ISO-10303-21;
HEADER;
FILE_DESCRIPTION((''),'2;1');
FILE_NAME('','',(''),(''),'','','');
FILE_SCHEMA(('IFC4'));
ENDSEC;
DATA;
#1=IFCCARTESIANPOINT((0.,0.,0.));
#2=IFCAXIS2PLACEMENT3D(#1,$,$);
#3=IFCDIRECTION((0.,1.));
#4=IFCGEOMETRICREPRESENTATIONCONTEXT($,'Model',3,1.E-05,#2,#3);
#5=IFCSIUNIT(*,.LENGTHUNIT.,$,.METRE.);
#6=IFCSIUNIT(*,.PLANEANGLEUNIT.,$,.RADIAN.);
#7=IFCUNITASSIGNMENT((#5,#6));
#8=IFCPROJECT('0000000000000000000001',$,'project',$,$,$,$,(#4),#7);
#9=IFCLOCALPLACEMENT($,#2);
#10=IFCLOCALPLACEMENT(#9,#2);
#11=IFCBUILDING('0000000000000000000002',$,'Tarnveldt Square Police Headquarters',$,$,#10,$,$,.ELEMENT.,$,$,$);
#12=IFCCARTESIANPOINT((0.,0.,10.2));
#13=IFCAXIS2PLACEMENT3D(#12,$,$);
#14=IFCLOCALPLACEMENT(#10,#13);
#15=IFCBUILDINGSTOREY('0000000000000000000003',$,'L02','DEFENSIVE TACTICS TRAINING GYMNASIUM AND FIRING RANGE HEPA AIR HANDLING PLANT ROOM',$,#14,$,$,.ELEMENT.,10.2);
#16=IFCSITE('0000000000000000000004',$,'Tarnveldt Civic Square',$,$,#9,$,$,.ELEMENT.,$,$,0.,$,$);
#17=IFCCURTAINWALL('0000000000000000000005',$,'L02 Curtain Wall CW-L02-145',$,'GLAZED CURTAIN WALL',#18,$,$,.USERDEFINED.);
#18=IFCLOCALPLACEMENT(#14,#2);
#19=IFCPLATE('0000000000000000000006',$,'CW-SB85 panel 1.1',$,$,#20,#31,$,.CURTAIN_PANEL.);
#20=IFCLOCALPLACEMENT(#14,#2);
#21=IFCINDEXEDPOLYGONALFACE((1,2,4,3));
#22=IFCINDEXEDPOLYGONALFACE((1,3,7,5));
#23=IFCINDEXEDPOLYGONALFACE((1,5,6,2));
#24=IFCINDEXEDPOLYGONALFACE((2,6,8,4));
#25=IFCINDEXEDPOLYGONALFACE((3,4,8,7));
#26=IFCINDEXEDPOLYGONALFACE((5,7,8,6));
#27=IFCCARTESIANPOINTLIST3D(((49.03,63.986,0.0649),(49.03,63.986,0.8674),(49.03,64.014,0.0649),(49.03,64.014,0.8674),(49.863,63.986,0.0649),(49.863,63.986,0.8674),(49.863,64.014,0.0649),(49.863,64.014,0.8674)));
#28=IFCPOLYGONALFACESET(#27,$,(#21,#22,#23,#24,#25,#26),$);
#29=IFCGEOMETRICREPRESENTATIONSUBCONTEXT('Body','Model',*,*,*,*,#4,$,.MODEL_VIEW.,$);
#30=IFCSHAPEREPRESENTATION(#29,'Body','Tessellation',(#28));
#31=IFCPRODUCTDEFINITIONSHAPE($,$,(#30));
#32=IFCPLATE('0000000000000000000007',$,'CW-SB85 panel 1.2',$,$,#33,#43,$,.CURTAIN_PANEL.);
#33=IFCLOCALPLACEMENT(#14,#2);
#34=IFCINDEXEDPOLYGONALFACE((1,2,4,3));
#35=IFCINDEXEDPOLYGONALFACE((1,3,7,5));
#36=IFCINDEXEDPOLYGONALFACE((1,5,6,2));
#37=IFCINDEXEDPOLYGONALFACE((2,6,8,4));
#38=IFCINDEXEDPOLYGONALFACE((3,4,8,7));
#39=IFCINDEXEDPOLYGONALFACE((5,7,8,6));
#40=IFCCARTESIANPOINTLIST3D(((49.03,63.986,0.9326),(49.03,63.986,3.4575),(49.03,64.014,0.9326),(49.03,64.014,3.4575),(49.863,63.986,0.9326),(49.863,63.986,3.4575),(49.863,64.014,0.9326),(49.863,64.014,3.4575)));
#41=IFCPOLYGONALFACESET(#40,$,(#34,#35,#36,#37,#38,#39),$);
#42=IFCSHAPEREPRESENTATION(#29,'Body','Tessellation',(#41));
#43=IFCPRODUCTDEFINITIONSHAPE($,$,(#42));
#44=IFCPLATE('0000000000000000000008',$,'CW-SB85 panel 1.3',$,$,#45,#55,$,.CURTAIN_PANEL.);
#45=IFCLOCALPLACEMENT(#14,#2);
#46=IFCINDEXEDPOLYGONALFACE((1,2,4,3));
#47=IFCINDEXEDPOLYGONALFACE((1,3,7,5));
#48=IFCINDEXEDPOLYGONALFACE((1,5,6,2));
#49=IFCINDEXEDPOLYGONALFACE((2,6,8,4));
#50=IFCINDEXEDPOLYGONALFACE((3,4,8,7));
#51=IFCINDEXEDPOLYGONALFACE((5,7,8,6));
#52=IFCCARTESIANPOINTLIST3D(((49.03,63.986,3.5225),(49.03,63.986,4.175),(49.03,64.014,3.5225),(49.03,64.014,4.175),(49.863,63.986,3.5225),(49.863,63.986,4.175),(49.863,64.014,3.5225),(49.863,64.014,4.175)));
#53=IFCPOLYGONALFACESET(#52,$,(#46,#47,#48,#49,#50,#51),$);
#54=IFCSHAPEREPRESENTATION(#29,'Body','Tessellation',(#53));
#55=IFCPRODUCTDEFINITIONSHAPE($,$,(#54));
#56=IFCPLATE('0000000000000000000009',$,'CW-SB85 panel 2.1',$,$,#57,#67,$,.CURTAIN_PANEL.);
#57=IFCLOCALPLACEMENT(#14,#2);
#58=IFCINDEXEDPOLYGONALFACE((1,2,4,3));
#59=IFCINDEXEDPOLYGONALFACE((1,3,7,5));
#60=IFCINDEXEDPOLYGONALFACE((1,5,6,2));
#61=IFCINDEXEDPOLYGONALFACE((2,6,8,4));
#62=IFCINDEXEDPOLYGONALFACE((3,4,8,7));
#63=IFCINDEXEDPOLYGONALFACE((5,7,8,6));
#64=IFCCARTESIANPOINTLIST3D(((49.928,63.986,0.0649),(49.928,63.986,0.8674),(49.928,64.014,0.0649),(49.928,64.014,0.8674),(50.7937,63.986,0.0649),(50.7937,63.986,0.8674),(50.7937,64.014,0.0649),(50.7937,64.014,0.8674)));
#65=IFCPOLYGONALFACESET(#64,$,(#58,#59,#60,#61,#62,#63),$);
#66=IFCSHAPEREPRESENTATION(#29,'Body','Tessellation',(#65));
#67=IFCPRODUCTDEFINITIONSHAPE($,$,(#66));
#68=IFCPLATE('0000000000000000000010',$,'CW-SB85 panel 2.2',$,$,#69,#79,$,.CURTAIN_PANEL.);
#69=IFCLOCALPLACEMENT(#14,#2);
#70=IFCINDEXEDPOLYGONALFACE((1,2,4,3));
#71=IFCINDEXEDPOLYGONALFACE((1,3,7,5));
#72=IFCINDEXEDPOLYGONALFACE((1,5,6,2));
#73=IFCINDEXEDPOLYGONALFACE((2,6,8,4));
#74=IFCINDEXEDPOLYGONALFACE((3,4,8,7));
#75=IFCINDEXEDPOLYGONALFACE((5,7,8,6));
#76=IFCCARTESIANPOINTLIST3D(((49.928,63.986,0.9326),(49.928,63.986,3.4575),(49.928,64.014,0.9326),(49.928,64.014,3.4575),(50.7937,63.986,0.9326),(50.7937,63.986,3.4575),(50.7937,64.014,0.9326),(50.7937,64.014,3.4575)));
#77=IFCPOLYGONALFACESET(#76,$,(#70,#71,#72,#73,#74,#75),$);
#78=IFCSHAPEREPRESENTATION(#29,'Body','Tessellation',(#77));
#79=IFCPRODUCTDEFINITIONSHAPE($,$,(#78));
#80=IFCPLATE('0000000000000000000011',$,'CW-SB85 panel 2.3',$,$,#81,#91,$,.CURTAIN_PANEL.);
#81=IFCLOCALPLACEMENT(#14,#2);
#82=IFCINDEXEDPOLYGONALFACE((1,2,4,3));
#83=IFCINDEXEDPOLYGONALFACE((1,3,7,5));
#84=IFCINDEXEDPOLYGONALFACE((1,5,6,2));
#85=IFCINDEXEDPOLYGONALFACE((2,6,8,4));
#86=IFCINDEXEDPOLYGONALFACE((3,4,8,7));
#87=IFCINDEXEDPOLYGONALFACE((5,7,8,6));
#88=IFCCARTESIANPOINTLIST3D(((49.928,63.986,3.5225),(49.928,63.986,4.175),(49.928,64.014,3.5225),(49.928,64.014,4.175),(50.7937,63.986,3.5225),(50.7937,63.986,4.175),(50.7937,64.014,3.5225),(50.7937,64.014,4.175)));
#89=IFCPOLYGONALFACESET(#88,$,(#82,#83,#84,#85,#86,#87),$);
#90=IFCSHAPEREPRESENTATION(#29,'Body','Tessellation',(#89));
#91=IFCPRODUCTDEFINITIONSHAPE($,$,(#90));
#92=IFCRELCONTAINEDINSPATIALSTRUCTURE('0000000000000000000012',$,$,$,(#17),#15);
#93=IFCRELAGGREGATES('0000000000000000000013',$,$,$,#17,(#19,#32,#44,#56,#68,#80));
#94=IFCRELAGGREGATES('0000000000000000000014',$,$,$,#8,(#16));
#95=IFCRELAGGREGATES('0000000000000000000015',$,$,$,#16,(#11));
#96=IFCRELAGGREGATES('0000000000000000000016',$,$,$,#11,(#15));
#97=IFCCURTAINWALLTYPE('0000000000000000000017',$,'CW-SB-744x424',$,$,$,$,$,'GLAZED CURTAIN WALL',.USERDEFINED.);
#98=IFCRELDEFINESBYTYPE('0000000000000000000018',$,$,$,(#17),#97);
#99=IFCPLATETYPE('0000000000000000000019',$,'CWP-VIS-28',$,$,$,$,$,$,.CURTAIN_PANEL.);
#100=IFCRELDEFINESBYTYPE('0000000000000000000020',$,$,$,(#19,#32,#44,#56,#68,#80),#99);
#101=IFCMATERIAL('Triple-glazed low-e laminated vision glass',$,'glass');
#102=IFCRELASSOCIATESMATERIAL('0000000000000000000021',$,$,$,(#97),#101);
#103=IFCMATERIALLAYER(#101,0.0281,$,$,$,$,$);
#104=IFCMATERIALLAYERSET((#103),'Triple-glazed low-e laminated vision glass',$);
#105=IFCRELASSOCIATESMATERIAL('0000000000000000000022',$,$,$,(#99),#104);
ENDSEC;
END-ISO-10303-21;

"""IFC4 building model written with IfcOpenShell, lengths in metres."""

from ifc_helpers import new_model, si_unit, direction, frame, origin, origin_2d, place, context, subcontext, project, spatial, rectangle, extrude, material, layer, layer_set, type_object, element, aggregate, save


model = new_model("IFC4")

# Units and contexts
model_context = context("Model", 3, precision=1e-05, world=origin(), true_north=direction((0.0, 1.0)))
body_context = subcontext(model_context, "Body", "Model", "MODEL_VIEW")
ifc_project = project(units=[si_unit("LENGTHUNIT", "METRE"), si_unit("PLANEANGLEUNIT", "RADIAN")], contexts=[model_context])

# Site, building, storey
site_placement = place(None, origin())
site = spatial("IfcSite", under=ifc_project, at=site_placement, Name="Tarnveldt Civic Square", CompositionType="ELEMENT", RefElevation=0.0)
building_placement = place(site_placement, origin())
building = spatial("IfcBuilding", under=site, at=building_placement, Name="Tarnveldt Square Police Headquarters", CompositionType="ELEMENT")
storey_placement = place(building_placement, frame((0.0, 0.0, 10.2)))
storey = spatial("IfcBuildingStorey", under=building, at=storey_placement, Name="L02", Description="DEFENSIVE TACTICS TRAINING GYMNASIUM AND FIRING RANGE HEPA AIR HANDLING PLANT ROOM", CompositionType="ELEMENT", Elevation=10.2)

# Curtain wall, plates
ifc_material_1 = material(Name="Triple-glazed low-e laminated vision glass", Category="glass")
curtain_wall_type = type_object("IfcCurtainWallType", Name="CW-SB-744x424", ElementType="GLAZED CURTAIN WALL", PredefinedType="USERDEFINED", material=ifc_material_1)
curtain_wall_placement = place(storey_placement, origin())
curtain_wall = element("IfcCurtainWall", 1, at=curtain_wall_placement, inside=storey, type_object=curtain_wall_type, Name="L02 Curtain Wall CW-L02-145", ObjectType="GLAZED CURTAIN WALL", PredefinedType="USERDEFINED")
ifc_layer = layer(ifc_material_1, 0.0281)
ifc_layer_set = layer_set([ifc_layer], Name="Triple-glazed low-e laminated vision glass")
plate_type = type_object("IfcPlateType", Name="CWP-VIS-28", PredefinedType="CURTAIN_PANEL", material=ifc_layer_set)
plate_1_placement = place(storey_placement, frame((49.4465, 64.0, 0.0649), z_axis=(0.0, 0.0, 1.0), x_axis=(1.0, 0.0, 0.0)))
plate_1 = element("IfcPlate", 2, at=plate_1_placement, type_object=plate_type, Name="CW-SB85 panel 1.1", PredefinedType="CURTAIN_PANEL", context=body_context, shape_type="SweptSolid", body=[
    extrude(rectangle(XDim=0.833, YDim=0.0281, at=origin_2d()), origin(), (0.0, 0.0, 1.0), 0.8025),
])
plate_2_placement = place(storey_placement, frame((49.4465, 64.0, 0.9326), z_axis=(0.0, 0.0, 1.0), x_axis=(1.0, 0.0, 0.0)))
plate_2 = element("IfcPlate", 3, at=plate_2_placement, type_object=plate_type, Name="CW-SB85 panel 1.2", PredefinedType="CURTAIN_PANEL", context=body_context, shape_type="SweptSolid", body=[
    extrude(rectangle(XDim=0.833, YDim=0.0281, at=origin_2d()), origin(), (0.0, 0.0, 1.0), 2.5249),
])
plate_3_placement = place(storey_placement, frame((49.4465, 64.0, 3.5225), z_axis=(0.0, 0.0, 1.0), x_axis=(1.0, 0.0, 0.0)))
plate_3 = element("IfcPlate", 4, at=plate_3_placement, type_object=plate_type, Name="CW-SB85 panel 1.3", PredefinedType="CURTAIN_PANEL", context=body_context, shape_type="SweptSolid", body=[
    extrude(rectangle(XDim=0.833, YDim=0.0281, at=origin_2d()), origin(), (0.0, 0.0, 1.0), 0.6526),
])
plate_4_placement = place(storey_placement, frame((50.3608, 64.0, 0.0649), z_axis=(0.0, 0.0, 1.0), x_axis=(1.0, 0.0, 0.0)))
plate_4 = element("IfcPlate", 5, at=plate_4_placement, type_object=plate_type, Name="CW-SB85 panel 2.1", PredefinedType="CURTAIN_PANEL", context=body_context, shape_type="SweptSolid", body=[
    extrude(rectangle(XDim=0.8657, YDim=0.0281, at=origin_2d()), origin(), (0.0, 0.0, 1.0), 0.8025),
])
plate_5_placement = place(storey_placement, frame((50.3608, 64.0, 0.9326), z_axis=(0.0, 0.0, 1.0), x_axis=(1.0, 0.0, 0.0)))
plate_5 = element("IfcPlate", 6, at=plate_5_placement, type_object=plate_type, Name="CW-SB85 panel 2.2", PredefinedType="CURTAIN_PANEL", context=body_context, shape_type="SweptSolid", body=[
    extrude(rectangle(XDim=0.8657, YDim=0.0281, at=origin_2d()), origin(), (0.0, 0.0, 1.0), 2.5249),
])
plate_6_placement = place(storey_placement, frame((50.3608, 64.0, 3.5225), z_axis=(0.0, 0.0, 1.0), x_axis=(1.0, 0.0, 0.0)))
plate_6 = element("IfcPlate", 7, at=plate_6_placement, type_object=plate_type, Name="CW-SB85 panel 2.3", PredefinedType="CURTAIN_PANEL", context=body_context, shape_type="SweptSolid", body=[
    extrude(rectangle(XDim=0.8657, YDim=0.0281, at=origin_2d()), origin(), (0.0, 0.0, 1.0), 0.6526),
])
aggregate(curtain_wall, [plate_1, plate_2, plate_3, plate_4, plate_5, plate_6])

save(model, "model.ifc")
